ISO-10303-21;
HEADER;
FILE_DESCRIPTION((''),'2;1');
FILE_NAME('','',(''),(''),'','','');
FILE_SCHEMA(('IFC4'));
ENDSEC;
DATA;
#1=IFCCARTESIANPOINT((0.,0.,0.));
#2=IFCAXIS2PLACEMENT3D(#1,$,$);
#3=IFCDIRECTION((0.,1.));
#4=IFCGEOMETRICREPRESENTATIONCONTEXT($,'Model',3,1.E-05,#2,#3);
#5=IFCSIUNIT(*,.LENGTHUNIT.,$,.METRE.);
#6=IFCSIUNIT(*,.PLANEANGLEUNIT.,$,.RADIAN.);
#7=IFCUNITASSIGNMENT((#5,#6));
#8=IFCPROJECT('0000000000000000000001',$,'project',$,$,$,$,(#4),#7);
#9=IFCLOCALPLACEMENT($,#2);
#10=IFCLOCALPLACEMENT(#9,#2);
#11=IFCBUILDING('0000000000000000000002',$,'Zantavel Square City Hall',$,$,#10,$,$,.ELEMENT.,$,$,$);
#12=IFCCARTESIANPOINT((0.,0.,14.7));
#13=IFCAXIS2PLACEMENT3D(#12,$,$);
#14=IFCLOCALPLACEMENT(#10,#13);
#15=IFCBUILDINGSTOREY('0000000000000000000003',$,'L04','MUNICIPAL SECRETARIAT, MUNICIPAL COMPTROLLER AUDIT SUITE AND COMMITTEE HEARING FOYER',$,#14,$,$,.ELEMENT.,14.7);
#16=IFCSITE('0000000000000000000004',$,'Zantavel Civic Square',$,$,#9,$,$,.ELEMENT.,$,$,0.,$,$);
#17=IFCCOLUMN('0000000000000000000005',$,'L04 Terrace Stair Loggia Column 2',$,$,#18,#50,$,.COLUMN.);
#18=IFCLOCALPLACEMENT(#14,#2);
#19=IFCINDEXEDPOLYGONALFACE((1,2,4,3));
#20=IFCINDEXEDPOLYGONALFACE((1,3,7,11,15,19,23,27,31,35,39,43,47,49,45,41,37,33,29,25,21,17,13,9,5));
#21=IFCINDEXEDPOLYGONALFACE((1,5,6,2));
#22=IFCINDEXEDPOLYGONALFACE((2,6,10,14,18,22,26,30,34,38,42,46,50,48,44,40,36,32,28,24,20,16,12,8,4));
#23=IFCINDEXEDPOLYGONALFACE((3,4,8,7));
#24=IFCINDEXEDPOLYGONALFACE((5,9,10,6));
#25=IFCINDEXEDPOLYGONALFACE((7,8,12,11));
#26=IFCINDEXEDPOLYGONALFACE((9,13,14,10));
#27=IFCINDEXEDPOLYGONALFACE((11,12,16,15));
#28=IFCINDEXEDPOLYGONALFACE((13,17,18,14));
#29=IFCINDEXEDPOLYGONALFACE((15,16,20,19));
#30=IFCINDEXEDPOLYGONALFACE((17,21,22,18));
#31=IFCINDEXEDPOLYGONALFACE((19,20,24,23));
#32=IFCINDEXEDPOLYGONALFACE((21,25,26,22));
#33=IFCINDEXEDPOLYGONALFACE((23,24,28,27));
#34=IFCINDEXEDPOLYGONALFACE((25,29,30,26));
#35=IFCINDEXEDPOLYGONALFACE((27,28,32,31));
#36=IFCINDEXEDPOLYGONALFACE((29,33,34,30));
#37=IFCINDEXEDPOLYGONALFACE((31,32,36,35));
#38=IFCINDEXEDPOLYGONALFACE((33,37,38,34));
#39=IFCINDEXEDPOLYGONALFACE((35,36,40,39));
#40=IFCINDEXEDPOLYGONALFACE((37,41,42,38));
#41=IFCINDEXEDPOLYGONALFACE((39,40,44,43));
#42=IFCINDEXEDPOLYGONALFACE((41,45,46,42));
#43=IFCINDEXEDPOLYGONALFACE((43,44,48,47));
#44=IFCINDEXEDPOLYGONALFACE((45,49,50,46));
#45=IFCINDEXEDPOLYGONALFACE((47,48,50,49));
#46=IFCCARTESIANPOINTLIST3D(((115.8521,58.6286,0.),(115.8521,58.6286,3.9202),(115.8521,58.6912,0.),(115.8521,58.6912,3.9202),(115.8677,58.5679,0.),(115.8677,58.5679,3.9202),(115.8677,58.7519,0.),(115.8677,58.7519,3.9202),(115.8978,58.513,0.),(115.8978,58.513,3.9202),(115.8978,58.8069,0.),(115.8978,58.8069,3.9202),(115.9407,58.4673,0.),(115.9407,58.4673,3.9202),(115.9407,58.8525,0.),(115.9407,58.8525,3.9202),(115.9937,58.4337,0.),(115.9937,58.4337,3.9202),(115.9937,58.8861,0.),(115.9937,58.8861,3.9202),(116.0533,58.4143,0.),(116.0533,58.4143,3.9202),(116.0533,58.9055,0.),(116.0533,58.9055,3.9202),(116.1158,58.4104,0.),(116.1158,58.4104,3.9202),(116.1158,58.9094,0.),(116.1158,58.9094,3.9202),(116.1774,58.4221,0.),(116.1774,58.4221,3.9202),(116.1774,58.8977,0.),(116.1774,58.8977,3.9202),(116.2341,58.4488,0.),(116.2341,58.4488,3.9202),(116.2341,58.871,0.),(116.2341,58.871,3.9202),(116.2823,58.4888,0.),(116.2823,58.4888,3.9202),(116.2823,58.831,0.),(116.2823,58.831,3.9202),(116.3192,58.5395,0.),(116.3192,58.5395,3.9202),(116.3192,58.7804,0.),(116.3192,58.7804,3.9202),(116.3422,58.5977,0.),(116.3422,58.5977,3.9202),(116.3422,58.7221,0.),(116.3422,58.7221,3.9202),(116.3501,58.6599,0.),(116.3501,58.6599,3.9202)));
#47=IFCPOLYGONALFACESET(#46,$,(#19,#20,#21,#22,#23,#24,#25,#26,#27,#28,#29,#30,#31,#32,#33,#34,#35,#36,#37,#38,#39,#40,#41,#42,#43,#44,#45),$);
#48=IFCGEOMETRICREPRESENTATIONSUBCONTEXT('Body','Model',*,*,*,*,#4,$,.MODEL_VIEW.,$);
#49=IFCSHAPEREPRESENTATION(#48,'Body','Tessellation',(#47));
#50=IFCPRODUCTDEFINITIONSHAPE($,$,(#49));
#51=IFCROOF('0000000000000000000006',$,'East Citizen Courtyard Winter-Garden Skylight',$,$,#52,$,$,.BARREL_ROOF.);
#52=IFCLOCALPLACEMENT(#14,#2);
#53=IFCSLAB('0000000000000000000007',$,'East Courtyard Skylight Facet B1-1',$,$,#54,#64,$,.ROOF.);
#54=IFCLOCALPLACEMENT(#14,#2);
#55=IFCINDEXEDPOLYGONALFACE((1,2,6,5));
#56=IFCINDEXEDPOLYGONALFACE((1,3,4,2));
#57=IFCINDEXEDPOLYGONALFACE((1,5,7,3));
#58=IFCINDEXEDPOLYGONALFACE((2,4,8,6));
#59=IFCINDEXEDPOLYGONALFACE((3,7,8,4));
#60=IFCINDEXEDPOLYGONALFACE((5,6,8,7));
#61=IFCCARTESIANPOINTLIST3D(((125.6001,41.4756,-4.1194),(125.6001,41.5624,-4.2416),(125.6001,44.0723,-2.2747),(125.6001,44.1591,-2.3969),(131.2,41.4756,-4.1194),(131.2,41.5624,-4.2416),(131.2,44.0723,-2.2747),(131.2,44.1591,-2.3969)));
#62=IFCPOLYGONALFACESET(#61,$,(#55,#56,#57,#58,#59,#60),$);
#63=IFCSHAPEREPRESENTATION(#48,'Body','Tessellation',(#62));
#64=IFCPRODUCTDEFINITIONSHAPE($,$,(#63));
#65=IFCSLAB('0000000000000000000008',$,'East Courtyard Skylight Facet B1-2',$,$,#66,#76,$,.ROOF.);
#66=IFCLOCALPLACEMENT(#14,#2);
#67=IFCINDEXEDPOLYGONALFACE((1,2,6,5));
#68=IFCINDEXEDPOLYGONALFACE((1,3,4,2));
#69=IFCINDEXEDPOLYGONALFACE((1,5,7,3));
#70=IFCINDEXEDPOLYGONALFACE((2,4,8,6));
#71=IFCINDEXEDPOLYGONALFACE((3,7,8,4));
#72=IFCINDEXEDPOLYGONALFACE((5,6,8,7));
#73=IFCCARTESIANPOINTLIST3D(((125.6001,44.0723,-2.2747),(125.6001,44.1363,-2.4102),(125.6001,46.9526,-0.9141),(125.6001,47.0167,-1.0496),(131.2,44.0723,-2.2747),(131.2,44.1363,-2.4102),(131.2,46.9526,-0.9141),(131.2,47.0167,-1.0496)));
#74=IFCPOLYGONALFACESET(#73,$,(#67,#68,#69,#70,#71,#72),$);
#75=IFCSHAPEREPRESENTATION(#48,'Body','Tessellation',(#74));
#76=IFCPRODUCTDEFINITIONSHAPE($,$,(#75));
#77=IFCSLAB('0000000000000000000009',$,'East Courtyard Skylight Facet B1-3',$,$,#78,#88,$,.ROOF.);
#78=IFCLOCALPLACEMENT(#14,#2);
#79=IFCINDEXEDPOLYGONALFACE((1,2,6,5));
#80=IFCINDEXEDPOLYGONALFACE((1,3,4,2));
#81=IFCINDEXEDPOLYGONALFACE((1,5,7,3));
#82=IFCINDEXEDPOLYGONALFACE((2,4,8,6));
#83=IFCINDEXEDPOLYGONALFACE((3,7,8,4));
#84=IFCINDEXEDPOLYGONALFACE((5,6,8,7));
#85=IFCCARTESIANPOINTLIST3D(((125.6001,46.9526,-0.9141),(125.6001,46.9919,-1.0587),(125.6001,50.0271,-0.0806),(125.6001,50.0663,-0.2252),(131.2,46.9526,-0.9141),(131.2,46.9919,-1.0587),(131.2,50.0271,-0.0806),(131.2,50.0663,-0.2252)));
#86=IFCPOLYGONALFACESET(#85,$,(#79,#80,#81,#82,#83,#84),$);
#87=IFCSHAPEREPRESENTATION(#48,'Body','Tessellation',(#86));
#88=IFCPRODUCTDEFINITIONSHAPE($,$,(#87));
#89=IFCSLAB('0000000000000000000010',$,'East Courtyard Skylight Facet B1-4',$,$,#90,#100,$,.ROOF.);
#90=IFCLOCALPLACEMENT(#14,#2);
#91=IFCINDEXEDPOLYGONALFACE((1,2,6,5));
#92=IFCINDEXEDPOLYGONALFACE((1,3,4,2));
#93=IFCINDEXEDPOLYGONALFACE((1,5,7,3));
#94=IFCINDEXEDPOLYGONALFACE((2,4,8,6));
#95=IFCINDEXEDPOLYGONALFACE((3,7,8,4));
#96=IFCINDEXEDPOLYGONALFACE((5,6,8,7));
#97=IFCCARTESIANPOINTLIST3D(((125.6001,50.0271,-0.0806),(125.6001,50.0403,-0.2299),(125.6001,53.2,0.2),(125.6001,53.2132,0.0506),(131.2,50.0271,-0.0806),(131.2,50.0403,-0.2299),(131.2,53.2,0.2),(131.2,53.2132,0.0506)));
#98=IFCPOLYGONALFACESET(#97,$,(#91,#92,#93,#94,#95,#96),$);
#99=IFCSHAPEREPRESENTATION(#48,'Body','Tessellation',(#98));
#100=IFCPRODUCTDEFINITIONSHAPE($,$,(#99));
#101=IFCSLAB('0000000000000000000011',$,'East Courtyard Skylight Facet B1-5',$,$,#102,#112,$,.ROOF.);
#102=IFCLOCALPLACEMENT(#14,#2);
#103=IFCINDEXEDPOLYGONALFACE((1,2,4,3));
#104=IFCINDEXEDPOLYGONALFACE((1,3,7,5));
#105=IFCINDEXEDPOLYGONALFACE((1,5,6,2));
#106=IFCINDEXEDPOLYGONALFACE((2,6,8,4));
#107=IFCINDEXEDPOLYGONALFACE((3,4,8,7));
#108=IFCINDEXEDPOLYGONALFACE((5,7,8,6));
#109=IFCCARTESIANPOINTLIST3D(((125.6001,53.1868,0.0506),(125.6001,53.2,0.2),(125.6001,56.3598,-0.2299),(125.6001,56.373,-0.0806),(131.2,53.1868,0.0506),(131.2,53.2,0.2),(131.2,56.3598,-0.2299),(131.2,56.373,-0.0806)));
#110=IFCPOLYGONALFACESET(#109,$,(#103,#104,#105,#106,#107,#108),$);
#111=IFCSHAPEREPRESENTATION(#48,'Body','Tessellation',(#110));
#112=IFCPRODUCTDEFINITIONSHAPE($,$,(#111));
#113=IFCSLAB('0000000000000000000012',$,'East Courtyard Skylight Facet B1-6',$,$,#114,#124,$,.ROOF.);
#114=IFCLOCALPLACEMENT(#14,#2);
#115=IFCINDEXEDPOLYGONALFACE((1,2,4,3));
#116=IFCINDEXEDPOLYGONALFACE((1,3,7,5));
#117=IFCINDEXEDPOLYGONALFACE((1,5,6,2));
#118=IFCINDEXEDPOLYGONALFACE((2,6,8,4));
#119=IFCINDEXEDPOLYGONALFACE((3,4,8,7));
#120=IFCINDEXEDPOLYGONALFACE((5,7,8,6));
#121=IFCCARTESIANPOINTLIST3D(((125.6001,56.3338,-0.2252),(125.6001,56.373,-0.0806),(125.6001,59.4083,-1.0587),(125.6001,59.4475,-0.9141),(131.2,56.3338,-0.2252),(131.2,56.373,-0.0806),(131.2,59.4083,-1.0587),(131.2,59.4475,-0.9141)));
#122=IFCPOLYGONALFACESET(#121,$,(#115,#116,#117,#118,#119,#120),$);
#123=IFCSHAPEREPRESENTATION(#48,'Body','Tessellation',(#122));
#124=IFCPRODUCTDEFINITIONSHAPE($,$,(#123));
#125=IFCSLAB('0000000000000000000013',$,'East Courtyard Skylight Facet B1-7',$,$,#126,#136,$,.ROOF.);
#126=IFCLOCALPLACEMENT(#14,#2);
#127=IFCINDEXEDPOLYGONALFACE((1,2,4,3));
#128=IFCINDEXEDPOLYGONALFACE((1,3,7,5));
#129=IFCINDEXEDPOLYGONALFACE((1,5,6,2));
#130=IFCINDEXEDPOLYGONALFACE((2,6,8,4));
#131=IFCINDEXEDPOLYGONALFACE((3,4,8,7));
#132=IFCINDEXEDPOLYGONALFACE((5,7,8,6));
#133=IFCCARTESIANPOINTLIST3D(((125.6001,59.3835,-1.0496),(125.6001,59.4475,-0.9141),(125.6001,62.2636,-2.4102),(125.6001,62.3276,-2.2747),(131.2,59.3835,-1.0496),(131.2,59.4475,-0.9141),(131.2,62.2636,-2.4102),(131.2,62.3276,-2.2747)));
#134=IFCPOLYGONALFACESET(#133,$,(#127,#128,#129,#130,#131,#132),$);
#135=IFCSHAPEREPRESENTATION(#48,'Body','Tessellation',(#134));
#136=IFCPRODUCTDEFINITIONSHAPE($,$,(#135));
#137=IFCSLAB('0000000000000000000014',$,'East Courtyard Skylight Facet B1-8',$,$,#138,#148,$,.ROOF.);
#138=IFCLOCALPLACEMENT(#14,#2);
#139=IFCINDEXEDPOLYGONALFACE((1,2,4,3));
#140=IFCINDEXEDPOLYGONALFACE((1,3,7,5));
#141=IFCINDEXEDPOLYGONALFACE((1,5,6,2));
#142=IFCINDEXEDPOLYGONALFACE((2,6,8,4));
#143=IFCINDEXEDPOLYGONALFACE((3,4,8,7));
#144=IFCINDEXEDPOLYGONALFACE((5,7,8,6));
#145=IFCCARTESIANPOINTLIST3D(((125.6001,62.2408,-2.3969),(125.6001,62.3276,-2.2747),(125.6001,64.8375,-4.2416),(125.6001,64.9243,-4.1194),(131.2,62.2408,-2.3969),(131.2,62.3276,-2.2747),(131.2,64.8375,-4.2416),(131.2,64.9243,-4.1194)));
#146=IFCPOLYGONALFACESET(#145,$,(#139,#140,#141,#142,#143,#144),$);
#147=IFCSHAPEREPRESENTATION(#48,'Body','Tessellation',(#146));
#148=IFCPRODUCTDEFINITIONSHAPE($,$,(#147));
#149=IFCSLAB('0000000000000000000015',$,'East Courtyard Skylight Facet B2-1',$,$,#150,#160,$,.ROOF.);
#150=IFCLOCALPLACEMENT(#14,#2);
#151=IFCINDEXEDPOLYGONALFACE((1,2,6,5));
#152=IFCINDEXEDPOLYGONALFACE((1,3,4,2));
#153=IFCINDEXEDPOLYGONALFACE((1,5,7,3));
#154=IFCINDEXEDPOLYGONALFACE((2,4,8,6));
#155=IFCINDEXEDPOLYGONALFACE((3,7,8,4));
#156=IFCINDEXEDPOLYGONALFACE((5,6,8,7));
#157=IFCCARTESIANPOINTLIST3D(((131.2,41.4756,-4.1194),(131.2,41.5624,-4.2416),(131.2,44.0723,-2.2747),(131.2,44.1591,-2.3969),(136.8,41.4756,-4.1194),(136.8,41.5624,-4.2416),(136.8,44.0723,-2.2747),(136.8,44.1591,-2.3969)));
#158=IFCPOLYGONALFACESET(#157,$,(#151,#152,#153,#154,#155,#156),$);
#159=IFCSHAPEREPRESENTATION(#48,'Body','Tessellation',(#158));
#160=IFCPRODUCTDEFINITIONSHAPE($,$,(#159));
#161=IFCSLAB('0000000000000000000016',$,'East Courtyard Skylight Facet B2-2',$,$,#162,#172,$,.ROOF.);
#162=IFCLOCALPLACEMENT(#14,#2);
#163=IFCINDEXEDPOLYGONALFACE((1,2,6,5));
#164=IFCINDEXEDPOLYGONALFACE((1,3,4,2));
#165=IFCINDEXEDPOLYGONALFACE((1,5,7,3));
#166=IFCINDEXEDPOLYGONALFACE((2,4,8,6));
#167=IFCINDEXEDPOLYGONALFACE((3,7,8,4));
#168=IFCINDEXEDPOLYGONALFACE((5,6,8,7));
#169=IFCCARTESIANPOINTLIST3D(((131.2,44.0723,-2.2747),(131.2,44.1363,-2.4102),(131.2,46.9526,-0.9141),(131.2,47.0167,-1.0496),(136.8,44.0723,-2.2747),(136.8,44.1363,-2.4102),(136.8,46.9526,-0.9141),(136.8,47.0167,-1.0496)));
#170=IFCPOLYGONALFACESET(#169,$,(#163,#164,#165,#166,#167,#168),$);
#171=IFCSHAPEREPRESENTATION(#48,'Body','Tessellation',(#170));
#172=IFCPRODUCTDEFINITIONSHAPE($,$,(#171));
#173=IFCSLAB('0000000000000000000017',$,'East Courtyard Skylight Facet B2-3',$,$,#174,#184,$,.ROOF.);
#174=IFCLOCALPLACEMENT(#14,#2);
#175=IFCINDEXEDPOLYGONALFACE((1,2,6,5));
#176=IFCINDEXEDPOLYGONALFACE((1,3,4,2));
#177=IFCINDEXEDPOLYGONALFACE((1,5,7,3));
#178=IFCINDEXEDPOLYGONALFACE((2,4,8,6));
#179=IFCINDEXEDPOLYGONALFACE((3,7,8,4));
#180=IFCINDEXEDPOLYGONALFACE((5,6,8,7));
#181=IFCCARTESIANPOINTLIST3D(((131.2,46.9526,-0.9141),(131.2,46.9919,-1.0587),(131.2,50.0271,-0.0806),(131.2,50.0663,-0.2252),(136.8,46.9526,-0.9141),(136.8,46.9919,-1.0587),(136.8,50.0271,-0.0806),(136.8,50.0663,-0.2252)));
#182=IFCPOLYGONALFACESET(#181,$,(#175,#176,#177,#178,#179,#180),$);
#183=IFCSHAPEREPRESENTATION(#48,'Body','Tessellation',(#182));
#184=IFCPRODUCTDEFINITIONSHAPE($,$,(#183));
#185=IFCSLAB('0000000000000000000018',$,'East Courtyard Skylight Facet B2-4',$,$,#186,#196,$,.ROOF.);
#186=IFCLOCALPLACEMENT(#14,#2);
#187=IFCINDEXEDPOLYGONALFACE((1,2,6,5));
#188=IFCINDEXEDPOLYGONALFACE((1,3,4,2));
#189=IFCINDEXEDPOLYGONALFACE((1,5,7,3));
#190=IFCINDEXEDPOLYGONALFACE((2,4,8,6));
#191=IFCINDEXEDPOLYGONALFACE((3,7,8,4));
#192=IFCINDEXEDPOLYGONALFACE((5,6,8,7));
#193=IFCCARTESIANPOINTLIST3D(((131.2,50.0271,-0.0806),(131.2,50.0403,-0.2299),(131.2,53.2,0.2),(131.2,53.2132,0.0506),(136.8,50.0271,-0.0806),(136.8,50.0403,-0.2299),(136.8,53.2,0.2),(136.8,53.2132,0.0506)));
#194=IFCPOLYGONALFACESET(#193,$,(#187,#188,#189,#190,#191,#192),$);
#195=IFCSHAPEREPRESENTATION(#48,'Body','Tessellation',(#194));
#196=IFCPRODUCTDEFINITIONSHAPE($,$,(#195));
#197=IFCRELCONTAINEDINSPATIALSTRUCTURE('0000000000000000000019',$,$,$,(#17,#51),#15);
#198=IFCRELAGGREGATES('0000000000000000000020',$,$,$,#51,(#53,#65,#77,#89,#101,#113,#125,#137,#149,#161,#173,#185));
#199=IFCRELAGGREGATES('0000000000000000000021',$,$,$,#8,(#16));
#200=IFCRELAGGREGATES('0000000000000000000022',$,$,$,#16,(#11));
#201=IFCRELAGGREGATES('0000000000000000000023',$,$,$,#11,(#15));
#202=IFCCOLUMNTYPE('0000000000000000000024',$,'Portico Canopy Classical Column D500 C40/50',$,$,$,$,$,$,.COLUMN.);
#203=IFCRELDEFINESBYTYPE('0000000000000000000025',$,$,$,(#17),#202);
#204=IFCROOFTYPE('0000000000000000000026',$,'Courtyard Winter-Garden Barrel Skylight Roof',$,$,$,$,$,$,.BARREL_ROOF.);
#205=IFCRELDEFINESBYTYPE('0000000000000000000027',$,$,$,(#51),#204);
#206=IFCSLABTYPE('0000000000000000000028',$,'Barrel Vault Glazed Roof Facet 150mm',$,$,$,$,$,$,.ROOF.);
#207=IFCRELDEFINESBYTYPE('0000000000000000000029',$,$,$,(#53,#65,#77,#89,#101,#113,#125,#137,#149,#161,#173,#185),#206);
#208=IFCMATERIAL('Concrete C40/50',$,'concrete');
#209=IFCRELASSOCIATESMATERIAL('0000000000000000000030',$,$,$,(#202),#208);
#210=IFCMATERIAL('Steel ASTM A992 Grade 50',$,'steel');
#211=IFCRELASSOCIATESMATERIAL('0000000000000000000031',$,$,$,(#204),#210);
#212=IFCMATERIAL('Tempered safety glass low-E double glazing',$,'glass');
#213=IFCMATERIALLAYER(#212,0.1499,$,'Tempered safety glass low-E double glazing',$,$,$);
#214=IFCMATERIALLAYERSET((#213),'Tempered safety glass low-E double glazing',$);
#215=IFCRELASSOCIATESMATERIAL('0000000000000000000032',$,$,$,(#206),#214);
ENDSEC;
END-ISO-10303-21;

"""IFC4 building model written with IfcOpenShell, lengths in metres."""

from ifc_helpers import new_model, si_unit, direction, frame, origin, origin_2d, place, context, subcontext, project, spatial, polyline, circle, outline, extrude, material, layer, layer_set, material_profile, profile_set, type_object, element, aggregate, save


model = new_model("IFC4")

# Units and contexts
model_context = context("Model", 3, precision=1e-05, world=origin(), true_north=direction((0.0, 1.0)))
body_context = subcontext(model_context, "Body", "Model", "MODEL_VIEW")
ifc_project = project(units=[si_unit("LENGTHUNIT", "METRE"), si_unit("PLANEANGLEUNIT", "RADIAN")], contexts=[model_context])

# Site, building, storey
site_placement = place(None, origin())
site = spatial("IfcSite", under=ifc_project, at=site_placement, Name="Zantavel Civic Square", CompositionType="ELEMENT", RefElevation=0.0)
building_placement = place(site_placement, origin())
building = spatial("IfcBuilding", under=site, at=building_placement, Name="Zantavel Square City Hall", CompositionType="ELEMENT")
storey_placement = place(building_placement, frame((0.0, 0.0, 14.7)))
storey = spatial("IfcBuildingStorey", under=building, at=storey_placement, Name="L04", Description="MUNICIPAL SECRETARIAT, MUNICIPAL COMPTROLLER AUDIT SUITE AND COMMITTEE HEARING FOYER", CompositionType="ELEMENT", Elevation=14.7)

# Column
ifc_material_1 = material(Name="Concrete C40/50", Category="concrete")
ifc_material_profile = material_profile(ifc_material_1, circle(Radius=0.25, at=origin_2d()), Name="ROUND D500")
ifc_profile_set = profile_set([ifc_material_profile], Name="Concrete C40/50")
column_type = type_object("IfcColumnType", Name="Portico Canopy Classical Column D500 C40/50", PredefinedType="COLUMN", material=ifc_profile_set)
column_placement = place(storey_placement, frame((116.1001, 58.6599, 0.0), z_axis=(0.0, 0.0, 1.0), x_axis=(1.0, 0.0, 0.0)))
element("IfcColumn", 1, at=column_placement, inside=storey, type_object=column_type, Name="L04 Terrace Stair Loggia Column 2", PredefinedType="COLUMN", context=body_context, shape_type="SweptSolid", body=[
    extrude(circle(Radius=0.25, at=origin_2d()), origin(), (0.0, 0.0, 1.0), 3.9202),
])

# Roof, slabs
ifc_material_2 = material(Name="Steel ASTM A992 Grade 50", Category="steel")
roof_type = type_object("IfcRoofType", Name="Courtyard Winter-Garden Barrel Skylight Roof", PredefinedType="BARREL_ROOF", material=ifc_material_2)
roof_placement = place(storey_placement, origin())
roof = element("IfcRoof", 2, at=roof_placement, inside=storey, type_object=roof_type, Name="East Citizen Courtyard Winter-Garden Skylight", PredefinedType="BARREL_ROOF")
ifc_material_3 = material(Name="Tempered safety glass low-E double glazing", Category="glass")
ifc_layer = layer(ifc_material_3, 0.1499, Name="Tempered safety glass low-E double glazing")
ifc_layer_set = layer_set([ifc_layer], Name="Tempered safety glass low-E double glazing")
slab_type = type_object("IfcSlabType", Name="Barrel Vault Glazed Roof Facet 150mm", PredefinedType="ROOF", material=ifc_layer_set)
slab_1_placement = place(storey_placement, frame((125.6001, 41.4756, -4.1194), z_axis=(0.0, -0.579148, 0.815222), x_axis=(1.0, 0.0, 0.0)))
slab_1 = element("IfcSlab", 3, at=slab_1_placement, type_object=slab_type, Name="East Courtyard Skylight Facet B1-1", PredefinedType="ROOF", context=body_context, shape_type="SweptSolid", body=[
    extrude(outline(polyline([(0.0, 0.0), (5.5999, 0.0), (5.5999, 3.1852), (0.0, 3.1852), (0.0, 0.0)])), origin(), (0.0, 0.0, -1.0), 0.1499),
])
slab_2_placement = place(storey_placement, frame((125.6001, 44.0723, -2.2747), z_axis=(0.0, -0.427114, 0.904198), x_axis=(1.0, 0.0, 0.0)))
slab_2 = element("IfcSlab", 4, at=slab_2_placement, type_object=slab_type, Name="East Courtyard Skylight Facet B1-2", PredefinedType="ROOF", context=body_context, shape_type="SweptSolid", body=[
    extrude(outline(polyline([(0.0, 0.0), (5.5999, 0.0), (5.5999, 3.1856), (0.0, 3.1856), (0.0, 0.0)])), origin(), (0.0, 0.0, -1.0), 0.1499),
])
slab_3_placement = place(storey_placement, frame((125.6001, 46.9526, -0.9141), z_axis=(0.0, -0.261658, 0.965161), x_axis=(1.0, 0.0, 0.0)))
slab_3 = element("IfcSlab", 5, at=slab_3_placement, type_object=slab_type, Name="East Courtyard Skylight Facet B1-3", PredefinedType="ROOF", context=body_context, shape_type="SweptSolid", body=[
    extrude(outline(polyline([(0.0, 0.0), (5.5999, 0.0), (5.5999, 3.1854), (0.0, 3.1854), (0.0, 0.0)])), origin(), (0.0, 0.0, -1.0), 0.1499),
])
slab_4_placement = place(storey_placement, frame((125.6001, 50.0271, -0.0806), z_axis=(0.0, -0.088068, 0.996114), x_axis=(1.0, 0.0, 0.0)))
slab_4 = element("IfcSlab", 6, at=slab_4_placement, type_object=slab_type, Name="East Courtyard Skylight Facet B1-4", PredefinedType="ROOF", context=body_context, shape_type="SweptSolid", body=[
    extrude(outline(polyline([(0.0, 0.0), (5.5999, 0.0), (5.5999, 3.1852), (0.0, 3.1852), (0.0, 0.0)])), origin(), (0.0, 0.0, -1.0), 0.1499),
])
slab_5_placement = place(storey_placement, frame((125.6001, 53.2, 0.2), z_axis=(0.0, 0.088062, 0.996115), x_axis=(1.0, 0.0, 0.0)))
slab_5 = element("IfcSlab", 7, at=slab_5_placement, type_object=slab_type, Name="East Courtyard Skylight Facet B1-5", PredefinedType="ROOF", context=body_context, shape_type="SweptSolid", body=[
    extrude(outline(polyline([(0.0, 0.0), (5.5999, 0.0), (5.5999, 3.1855), (0.0, 3.1855), (0.0, 0.0)])), origin(), (0.0, 0.0, -1.0), 0.1499),
])
slab_6_placement = place(storey_placement, frame((125.6001, 56.373, -0.0806), z_axis=(0.0, 0.261658, 0.965161), x_axis=(1.0, 0.0, 0.0)))
slab_6 = element("IfcSlab", 8, at=slab_6_placement, type_object=slab_type, Name="East Courtyard Skylight Facet B1-6", PredefinedType="ROOF", context=body_context, shape_type="SweptSolid", body=[
    extrude(outline(polyline([(0.0, 0.0), (5.5999, 0.0), (5.5999, 3.1854), (0.0, 3.1854), (0.0, 0.0)])), origin(), (0.0, 0.0, -1.0), 0.1499),
])
slab_7_placement = place(storey_placement, frame((125.6001, 59.4475, -0.9141), z_axis=(0.0, 0.427144, 0.904184), x_axis=(1.0, 0.0, 0.0)))
slab_7 = element("IfcSlab", 9, at=slab_7_placement, type_object=slab_type, Name="East Courtyard Skylight Facet B1-7", PredefinedType="ROOF", context=body_context, shape_type="SweptSolid", body=[
    extrude(outline(polyline([(0.0, 0.0), (5.5999, 0.0), (5.5999, 3.1853), (0.0, 3.1853), (0.0, 0.0)])), origin(), (0.0, 0.0, -1.0), 0.1499),
])
slab_8_placement = place(storey_placement, frame((125.6001, 62.3276, -2.2747), z_axis=(0.0, 0.579148, 0.815222), x_axis=(1.0, 0.0, 0.0)))
slab_8 = element("IfcSlab", 10, at=slab_8_placement, type_object=slab_type, Name="East Courtyard Skylight Facet B1-8", PredefinedType="ROOF", context=body_context, shape_type="SweptSolid", body=[
    extrude(outline(polyline([(0.0, 0.0), (5.5999, 0.0), (5.5999, 3.1852), (0.0, 3.1852), (0.0, 0.0)])), origin(), (0.0, 0.0, -1.0), 0.1499),
])
slab_9_placement = place(storey_placement, frame((131.2, 41.4756, -4.1194), z_axis=(0.0, -0.579148, 0.815222), x_axis=(1.0, 0.0, 0.0)))
slab_9 = element("IfcSlab", 11, at=slab_9_placement, type_object=slab_type, Name="East Courtyard Skylight Facet B2-1", PredefinedType="ROOF", context=body_context, shape_type="SweptSolid", body=[
    extrude(outline(polyline([(0.0, 0.0), (5.6001, 0.0), (5.6001, 3.1852), (0.0, 3.1852), (0.0, 0.0)])), origin(), (0.0, 0.0, -1.0), 0.1499),
])
slab_10_placement = place(storey_placement, frame((131.2, 44.0723, -2.2747), z_axis=(0.0, -0.427114, 0.904198), x_axis=(1.0, 0.0, 0.0)))
slab_10 = element("IfcSlab", 12, at=slab_10_placement, type_object=slab_type, Name="East Courtyard Skylight Facet B2-2", PredefinedType="ROOF", context=body_context, shape_type="SweptSolid", body=[
    extrude(outline(polyline([(0.0, 0.0), (5.6001, 0.0), (5.6001, 3.1856), (0.0, 3.1856), (0.0, 0.0)])), origin(), (0.0, 0.0, -1.0), 0.1499),
])
slab_11_placement = place(storey_placement, frame((131.2, 46.9526, -0.9141), z_axis=(0.0, -0.261658, 0.965161), x_axis=(1.0, 0.0, 0.0)))
slab_11 = element("IfcSlab", 13, at=slab_11_placement, type_object=slab_type, Name="East Courtyard Skylight Facet B2-3", PredefinedType="ROOF", context=body_context, shape_type="SweptSolid", body=[
    extrude(outline(polyline([(0.0, 0.0), (5.6001, 0.0), (5.6001, 3.1854), (0.0, 3.1854), (0.0, 0.0)])), origin(), (0.0, 0.0, -1.0), 0.1499),
])
slab_12_placement = place(storey_placement, frame((131.2, 50.0271, -0.0806), z_axis=(0.0, -0.088068, 0.996114), x_axis=(1.0, 0.0, 0.0)))
slab_12 = element("IfcSlab", 14, at=slab_12_placement, type_object=slab_type, Name="East Courtyard Skylight Facet B2-4", PredefinedType="ROOF", context=body_context, shape_type="SweptSolid", body=[
    extrude(outline(polyline([(0.0, 0.0), (5.6001, 0.0), (5.6001, 3.1852), (0.0, 3.1852), (0.0, 0.0)])), origin(), (0.0, 0.0, -1.0), 0.1499),
])
aggregate(roof, [slab_1, slab_2, slab_3, slab_4, slab_5, slab_6, slab_7, slab_8, slab_9, slab_10, slab_11, slab_12])

save(model, "model.ifc")
